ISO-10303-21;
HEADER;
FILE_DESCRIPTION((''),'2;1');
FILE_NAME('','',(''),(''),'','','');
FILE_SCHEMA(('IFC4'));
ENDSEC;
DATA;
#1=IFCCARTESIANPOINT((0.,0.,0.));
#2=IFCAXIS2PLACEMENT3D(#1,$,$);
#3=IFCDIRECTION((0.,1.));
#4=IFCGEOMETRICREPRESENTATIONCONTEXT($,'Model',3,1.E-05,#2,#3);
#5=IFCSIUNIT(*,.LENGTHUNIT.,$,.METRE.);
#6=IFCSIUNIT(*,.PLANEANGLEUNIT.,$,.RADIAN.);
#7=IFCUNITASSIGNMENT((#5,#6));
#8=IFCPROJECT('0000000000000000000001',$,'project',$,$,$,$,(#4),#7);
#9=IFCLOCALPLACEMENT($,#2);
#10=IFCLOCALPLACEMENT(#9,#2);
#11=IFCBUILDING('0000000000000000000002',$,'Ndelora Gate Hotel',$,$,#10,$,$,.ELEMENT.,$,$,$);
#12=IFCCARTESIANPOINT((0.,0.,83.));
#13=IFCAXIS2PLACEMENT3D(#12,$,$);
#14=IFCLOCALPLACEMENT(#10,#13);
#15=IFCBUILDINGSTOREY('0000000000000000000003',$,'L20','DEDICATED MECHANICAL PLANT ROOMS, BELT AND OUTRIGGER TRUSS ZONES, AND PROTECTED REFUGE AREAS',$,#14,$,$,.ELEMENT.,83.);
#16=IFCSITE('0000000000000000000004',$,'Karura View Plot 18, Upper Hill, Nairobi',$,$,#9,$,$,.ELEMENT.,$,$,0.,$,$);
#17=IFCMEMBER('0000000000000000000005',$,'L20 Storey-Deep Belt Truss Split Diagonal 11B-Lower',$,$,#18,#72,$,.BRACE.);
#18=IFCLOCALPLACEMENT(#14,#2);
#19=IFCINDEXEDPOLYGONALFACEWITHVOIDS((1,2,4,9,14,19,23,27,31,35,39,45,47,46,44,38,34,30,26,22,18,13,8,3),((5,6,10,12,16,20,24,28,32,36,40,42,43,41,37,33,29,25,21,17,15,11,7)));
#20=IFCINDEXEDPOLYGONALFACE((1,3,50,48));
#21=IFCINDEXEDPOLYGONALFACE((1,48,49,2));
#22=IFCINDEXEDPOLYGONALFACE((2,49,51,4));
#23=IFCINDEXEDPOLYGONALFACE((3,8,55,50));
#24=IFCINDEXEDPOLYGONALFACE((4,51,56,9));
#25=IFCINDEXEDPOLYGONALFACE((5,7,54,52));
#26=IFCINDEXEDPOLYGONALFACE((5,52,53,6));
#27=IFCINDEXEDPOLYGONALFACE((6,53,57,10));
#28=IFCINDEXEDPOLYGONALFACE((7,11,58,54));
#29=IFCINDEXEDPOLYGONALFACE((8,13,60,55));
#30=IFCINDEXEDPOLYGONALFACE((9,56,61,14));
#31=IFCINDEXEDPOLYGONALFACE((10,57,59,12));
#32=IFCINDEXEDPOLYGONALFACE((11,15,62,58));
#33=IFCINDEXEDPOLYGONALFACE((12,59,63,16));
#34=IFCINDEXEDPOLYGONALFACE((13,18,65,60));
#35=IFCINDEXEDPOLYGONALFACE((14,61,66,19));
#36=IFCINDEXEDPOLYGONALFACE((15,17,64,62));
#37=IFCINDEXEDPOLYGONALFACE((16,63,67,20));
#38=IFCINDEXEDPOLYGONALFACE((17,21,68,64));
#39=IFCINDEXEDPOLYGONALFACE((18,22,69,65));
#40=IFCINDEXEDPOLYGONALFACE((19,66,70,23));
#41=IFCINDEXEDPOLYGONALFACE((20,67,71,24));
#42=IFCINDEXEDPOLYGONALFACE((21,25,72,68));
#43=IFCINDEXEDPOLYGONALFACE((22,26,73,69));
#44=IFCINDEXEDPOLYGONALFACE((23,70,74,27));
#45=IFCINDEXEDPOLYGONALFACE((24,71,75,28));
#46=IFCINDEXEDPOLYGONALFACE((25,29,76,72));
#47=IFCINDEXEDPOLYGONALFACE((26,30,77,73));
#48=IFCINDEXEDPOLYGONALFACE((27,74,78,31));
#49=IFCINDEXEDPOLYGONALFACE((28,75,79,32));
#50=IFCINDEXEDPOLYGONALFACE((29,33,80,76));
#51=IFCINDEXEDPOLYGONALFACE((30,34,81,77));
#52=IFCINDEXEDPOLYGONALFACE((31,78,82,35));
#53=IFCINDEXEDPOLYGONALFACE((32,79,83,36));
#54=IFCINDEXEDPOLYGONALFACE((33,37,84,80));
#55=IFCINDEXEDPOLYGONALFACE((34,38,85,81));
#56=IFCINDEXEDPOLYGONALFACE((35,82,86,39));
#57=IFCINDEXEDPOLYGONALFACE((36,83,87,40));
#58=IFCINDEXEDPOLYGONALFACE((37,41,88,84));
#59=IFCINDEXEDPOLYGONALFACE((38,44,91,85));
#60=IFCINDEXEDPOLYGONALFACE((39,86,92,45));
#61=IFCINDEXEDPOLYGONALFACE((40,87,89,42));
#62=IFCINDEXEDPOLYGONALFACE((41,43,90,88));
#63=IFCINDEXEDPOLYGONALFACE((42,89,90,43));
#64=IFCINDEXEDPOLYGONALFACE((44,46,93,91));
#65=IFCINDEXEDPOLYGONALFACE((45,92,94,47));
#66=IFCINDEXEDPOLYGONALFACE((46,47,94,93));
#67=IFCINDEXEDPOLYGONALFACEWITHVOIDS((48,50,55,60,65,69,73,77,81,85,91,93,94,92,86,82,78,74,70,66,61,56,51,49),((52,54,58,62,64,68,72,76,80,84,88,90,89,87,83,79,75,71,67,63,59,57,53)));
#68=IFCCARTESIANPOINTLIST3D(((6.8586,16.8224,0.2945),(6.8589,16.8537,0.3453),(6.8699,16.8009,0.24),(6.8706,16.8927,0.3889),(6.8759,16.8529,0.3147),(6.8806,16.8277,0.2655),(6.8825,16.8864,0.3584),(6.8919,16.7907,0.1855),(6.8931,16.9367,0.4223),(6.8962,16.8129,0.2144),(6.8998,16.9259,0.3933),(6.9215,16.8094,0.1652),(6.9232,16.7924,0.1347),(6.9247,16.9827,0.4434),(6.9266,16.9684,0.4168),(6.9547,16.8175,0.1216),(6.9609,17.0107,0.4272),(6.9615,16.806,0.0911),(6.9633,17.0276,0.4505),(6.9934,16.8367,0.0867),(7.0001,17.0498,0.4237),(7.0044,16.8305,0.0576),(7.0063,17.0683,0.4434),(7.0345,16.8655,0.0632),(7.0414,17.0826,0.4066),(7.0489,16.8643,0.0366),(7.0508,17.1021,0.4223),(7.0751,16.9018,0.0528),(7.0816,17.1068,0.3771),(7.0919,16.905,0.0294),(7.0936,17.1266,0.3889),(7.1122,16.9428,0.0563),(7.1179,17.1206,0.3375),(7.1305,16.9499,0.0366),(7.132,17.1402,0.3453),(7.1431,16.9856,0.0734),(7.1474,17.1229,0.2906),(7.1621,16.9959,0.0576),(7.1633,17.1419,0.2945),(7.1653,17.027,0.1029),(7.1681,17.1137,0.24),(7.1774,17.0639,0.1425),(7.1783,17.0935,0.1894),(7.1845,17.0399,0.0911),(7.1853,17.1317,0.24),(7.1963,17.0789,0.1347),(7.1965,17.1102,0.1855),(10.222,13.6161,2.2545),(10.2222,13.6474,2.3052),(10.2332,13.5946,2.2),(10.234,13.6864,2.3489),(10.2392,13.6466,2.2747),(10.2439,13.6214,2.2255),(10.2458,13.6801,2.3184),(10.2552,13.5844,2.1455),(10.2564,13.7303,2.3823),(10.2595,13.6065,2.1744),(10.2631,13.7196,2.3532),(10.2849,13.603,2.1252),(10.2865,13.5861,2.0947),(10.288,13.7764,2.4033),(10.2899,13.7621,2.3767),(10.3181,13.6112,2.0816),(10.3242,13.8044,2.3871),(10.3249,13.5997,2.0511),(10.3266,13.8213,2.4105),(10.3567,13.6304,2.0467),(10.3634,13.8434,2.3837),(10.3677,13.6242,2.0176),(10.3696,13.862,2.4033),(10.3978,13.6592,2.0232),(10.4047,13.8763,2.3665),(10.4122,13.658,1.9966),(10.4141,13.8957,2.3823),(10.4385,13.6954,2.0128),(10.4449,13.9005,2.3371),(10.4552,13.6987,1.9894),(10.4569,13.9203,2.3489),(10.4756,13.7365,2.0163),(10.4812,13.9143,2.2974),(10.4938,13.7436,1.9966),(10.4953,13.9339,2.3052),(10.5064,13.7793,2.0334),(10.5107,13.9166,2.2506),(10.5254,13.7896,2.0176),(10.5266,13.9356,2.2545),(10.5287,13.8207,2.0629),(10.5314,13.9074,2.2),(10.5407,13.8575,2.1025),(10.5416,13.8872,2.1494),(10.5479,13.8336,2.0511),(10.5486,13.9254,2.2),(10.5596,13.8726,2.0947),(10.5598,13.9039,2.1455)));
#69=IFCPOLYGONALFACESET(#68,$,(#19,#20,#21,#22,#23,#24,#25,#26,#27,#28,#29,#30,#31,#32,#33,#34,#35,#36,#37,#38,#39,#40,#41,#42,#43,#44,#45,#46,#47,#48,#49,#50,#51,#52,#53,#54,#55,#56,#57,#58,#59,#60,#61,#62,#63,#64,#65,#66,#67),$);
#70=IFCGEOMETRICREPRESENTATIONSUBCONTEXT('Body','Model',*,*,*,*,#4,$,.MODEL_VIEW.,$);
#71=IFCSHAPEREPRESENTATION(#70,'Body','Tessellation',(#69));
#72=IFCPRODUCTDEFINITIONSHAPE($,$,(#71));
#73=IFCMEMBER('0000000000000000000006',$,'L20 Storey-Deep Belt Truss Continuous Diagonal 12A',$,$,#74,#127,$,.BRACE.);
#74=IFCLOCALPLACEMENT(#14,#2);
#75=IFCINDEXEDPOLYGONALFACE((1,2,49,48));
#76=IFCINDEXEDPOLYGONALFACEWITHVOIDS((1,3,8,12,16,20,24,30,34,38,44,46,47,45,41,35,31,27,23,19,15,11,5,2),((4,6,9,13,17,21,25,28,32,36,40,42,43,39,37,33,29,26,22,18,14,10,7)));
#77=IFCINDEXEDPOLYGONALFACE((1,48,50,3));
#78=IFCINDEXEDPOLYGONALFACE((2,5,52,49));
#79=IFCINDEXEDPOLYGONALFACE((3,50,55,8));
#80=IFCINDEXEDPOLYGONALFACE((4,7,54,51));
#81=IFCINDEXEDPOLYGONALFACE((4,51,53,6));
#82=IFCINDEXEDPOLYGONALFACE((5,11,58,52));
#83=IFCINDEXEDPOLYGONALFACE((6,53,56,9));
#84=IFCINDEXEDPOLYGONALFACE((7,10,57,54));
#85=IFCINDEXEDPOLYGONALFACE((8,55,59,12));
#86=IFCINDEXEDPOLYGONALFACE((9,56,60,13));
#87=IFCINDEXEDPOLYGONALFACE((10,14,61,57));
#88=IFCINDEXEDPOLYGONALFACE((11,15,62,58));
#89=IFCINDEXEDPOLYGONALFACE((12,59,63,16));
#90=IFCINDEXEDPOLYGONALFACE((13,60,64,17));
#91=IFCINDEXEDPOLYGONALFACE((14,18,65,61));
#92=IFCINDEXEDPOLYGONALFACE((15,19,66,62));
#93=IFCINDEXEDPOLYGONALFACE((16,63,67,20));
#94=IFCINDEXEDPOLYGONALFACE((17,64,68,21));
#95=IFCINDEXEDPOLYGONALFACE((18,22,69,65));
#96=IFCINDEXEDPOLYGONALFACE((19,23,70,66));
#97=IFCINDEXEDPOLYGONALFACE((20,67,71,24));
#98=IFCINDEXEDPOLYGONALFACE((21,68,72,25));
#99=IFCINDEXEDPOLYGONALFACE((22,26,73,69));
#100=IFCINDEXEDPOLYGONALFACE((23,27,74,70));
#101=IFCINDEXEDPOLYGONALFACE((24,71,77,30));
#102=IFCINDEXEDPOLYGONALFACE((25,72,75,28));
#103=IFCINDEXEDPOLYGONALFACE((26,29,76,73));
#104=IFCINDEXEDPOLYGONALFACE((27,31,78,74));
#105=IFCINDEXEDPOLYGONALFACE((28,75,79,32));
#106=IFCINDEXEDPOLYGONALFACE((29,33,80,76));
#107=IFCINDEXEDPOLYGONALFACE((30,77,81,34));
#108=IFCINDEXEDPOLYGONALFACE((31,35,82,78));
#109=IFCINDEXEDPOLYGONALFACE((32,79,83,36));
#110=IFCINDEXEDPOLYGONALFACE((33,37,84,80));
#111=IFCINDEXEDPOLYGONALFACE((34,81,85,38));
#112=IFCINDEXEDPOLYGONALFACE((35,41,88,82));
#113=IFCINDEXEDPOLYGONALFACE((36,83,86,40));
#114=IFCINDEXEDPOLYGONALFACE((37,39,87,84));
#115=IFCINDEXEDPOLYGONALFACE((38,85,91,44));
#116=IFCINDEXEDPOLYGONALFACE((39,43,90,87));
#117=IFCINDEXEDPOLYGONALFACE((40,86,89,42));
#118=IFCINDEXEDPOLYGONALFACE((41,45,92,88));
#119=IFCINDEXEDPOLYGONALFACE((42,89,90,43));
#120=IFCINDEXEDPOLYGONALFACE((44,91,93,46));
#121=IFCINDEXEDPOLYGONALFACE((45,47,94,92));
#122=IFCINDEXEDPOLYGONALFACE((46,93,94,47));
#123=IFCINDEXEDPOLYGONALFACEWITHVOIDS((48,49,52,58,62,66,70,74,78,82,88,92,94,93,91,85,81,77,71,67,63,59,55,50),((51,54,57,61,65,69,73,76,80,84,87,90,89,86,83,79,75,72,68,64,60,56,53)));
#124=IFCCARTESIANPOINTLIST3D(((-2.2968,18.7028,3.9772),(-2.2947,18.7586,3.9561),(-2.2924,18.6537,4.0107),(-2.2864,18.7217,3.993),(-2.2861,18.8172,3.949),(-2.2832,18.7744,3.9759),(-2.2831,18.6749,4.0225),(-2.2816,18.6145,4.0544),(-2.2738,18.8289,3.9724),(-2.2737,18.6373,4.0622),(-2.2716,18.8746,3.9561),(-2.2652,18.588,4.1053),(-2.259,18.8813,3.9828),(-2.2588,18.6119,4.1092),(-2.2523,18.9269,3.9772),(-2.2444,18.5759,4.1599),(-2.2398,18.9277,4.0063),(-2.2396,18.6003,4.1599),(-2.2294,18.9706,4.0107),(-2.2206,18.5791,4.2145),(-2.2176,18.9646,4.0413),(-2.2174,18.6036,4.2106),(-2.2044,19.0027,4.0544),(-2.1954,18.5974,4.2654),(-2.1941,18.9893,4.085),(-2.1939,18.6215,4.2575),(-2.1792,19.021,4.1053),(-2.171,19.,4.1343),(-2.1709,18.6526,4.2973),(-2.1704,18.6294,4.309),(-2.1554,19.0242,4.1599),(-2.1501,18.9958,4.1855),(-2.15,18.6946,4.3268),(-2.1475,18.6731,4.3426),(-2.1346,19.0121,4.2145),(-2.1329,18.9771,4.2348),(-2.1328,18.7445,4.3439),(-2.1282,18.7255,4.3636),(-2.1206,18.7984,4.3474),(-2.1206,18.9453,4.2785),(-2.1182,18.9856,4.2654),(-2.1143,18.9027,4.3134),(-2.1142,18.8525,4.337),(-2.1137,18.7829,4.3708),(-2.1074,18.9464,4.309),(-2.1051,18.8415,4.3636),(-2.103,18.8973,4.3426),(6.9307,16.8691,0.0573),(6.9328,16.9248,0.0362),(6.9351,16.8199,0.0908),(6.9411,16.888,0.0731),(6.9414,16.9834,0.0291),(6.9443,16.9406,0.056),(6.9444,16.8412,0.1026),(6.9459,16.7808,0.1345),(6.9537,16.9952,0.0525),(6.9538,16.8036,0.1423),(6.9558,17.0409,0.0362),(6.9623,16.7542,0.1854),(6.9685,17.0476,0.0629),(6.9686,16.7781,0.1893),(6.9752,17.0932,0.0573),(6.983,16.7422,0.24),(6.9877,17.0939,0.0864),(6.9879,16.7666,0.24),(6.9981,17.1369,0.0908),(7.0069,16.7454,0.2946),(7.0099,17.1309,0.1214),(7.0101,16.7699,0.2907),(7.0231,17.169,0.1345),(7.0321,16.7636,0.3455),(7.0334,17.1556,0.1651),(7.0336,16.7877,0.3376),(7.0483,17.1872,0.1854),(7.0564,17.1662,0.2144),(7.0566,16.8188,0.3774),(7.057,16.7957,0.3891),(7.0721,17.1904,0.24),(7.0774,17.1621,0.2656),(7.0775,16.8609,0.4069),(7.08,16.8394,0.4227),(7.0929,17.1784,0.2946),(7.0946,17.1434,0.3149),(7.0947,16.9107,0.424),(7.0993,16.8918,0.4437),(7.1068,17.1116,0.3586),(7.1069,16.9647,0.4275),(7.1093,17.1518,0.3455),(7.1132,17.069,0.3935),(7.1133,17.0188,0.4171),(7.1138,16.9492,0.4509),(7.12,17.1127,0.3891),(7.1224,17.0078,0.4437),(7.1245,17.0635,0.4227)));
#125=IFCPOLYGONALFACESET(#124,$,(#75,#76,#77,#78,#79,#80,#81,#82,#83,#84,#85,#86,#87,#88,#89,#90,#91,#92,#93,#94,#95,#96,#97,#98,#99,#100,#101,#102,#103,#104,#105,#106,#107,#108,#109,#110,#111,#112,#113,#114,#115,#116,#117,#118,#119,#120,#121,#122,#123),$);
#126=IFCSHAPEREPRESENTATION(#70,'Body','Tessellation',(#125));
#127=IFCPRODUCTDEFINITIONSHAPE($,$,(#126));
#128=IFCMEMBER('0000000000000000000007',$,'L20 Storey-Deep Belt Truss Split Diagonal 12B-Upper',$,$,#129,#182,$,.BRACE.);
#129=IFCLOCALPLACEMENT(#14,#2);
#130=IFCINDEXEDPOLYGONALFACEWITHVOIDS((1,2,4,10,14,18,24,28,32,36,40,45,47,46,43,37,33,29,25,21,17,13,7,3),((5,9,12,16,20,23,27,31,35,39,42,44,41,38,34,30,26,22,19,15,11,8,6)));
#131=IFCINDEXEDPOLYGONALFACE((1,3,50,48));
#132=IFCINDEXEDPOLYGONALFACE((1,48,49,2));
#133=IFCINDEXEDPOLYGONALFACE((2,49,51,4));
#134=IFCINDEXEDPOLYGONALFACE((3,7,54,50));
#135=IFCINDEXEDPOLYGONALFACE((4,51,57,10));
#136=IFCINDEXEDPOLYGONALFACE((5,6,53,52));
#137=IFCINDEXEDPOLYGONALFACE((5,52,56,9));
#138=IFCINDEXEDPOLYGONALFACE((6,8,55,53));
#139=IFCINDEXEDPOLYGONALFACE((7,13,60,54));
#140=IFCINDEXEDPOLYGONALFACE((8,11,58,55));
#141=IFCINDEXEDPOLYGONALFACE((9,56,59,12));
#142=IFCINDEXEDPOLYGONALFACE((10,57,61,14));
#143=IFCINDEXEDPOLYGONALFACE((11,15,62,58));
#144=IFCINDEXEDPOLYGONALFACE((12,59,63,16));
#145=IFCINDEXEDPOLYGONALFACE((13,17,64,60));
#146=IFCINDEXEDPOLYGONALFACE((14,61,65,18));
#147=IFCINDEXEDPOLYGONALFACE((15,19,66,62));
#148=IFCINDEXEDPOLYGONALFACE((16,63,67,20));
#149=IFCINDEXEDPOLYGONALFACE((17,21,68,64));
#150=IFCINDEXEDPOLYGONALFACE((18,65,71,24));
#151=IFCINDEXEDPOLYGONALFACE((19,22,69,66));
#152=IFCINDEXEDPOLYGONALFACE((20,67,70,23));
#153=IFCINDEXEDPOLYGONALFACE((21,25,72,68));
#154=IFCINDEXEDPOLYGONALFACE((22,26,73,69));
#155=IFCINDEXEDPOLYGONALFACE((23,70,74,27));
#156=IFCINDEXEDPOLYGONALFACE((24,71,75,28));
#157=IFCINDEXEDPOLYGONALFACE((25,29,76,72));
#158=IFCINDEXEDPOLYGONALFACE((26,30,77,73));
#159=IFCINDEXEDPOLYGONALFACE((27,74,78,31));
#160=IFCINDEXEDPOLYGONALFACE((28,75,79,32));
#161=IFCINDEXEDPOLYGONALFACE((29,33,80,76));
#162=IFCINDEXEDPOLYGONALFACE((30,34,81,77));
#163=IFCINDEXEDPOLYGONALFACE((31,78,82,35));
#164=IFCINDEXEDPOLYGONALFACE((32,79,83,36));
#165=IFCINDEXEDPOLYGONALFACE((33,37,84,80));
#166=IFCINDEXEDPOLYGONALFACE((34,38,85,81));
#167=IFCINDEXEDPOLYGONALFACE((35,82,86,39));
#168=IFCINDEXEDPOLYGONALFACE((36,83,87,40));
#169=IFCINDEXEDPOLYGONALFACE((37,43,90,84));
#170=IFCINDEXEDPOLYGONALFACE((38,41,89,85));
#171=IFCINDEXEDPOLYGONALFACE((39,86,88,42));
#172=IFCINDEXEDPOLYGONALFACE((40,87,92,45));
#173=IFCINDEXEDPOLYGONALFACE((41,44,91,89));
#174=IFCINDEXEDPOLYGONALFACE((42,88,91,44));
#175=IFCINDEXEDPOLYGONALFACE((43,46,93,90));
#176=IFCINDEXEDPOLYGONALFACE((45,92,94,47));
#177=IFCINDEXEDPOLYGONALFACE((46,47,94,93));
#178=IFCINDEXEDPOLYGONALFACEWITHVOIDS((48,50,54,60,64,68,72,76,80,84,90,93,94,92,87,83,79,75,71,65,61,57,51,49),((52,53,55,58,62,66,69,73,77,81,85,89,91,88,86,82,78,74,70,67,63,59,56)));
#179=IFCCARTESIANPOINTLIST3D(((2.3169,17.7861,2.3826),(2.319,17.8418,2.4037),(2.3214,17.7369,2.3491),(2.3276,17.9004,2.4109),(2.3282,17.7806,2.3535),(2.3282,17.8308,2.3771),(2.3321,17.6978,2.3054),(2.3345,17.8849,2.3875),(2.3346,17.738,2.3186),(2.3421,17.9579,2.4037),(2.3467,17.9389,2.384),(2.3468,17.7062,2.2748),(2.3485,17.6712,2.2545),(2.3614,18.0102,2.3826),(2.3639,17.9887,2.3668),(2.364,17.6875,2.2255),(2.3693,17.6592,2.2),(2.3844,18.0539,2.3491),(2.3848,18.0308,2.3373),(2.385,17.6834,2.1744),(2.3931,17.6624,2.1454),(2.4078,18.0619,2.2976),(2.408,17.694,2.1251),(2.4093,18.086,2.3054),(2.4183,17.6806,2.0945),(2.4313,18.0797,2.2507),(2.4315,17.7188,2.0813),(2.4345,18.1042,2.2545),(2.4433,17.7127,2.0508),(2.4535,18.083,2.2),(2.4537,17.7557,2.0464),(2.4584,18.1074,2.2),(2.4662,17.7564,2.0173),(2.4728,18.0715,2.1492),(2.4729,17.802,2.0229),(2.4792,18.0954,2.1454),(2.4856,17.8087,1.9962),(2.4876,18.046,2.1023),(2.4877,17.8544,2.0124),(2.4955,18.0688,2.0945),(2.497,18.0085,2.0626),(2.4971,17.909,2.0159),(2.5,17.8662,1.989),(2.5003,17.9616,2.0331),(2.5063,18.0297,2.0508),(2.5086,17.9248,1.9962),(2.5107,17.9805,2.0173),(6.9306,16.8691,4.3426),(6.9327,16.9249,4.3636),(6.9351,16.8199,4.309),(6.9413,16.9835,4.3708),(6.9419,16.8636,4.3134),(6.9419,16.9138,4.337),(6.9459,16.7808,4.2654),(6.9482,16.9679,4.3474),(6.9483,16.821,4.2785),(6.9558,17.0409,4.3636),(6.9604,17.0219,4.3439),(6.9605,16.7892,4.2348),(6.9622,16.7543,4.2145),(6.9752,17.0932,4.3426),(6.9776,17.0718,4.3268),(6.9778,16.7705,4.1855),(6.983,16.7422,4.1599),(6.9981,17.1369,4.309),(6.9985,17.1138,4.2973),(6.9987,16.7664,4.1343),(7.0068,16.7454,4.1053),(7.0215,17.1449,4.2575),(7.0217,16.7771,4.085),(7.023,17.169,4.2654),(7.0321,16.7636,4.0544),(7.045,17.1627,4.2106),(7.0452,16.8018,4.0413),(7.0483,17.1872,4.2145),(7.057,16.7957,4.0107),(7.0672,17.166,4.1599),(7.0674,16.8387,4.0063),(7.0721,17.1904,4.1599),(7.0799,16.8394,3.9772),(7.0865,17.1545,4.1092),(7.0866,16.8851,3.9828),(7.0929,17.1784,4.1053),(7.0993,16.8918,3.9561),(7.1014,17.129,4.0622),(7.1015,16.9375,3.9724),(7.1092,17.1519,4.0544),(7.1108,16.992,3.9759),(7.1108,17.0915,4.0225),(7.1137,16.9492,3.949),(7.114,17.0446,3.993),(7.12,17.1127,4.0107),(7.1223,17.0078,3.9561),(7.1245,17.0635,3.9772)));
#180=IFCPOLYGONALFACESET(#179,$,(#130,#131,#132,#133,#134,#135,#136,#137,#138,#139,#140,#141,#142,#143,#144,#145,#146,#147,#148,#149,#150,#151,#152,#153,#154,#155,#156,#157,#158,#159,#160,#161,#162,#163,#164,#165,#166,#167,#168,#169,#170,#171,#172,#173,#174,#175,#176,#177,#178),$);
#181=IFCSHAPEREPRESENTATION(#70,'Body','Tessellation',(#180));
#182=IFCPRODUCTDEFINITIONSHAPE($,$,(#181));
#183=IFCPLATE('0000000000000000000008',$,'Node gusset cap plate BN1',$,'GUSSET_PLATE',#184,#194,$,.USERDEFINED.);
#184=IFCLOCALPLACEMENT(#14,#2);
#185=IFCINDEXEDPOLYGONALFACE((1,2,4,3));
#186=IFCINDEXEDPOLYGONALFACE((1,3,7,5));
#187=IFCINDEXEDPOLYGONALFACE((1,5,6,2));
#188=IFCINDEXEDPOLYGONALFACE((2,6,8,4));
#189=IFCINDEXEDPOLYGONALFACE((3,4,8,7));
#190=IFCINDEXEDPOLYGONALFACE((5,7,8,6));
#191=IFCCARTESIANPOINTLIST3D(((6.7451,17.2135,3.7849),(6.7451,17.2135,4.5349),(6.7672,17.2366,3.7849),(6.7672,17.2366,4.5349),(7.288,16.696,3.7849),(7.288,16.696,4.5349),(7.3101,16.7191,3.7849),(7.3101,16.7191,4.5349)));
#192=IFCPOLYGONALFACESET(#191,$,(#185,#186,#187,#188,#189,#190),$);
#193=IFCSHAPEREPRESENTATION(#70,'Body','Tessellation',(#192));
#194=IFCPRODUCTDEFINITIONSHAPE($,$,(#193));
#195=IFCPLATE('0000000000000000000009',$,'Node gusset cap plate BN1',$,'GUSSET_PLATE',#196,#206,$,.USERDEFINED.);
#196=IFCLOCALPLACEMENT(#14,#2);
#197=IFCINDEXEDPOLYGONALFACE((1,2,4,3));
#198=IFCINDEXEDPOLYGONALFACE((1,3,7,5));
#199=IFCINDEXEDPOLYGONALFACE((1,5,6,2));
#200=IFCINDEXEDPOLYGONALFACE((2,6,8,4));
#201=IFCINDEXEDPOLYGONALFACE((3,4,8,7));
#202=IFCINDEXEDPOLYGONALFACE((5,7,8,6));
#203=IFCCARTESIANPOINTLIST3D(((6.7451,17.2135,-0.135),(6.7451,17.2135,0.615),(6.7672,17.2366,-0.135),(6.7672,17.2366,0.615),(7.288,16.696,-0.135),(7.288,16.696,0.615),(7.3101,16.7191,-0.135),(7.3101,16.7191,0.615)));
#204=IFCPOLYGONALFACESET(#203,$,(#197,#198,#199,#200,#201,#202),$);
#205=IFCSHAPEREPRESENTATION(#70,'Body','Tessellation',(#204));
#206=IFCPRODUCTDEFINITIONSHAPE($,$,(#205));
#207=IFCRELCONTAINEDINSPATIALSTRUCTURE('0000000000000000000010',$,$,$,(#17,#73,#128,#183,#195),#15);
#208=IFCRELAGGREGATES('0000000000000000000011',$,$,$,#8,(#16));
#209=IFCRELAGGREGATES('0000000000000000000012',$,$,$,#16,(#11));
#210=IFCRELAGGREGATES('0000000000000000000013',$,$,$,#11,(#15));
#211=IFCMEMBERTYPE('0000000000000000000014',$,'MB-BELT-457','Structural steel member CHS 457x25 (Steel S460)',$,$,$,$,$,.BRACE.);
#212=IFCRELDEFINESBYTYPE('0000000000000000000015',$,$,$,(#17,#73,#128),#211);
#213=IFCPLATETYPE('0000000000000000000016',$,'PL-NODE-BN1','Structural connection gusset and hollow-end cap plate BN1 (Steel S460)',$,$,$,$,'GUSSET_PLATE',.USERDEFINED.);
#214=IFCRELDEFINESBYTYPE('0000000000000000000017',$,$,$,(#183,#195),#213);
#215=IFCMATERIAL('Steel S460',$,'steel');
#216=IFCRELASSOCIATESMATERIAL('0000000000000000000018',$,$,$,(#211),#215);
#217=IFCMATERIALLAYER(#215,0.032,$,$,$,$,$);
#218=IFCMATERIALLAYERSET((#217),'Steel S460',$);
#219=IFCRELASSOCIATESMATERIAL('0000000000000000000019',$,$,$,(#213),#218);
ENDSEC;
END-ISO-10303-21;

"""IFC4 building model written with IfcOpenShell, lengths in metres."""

from ifc_helpers import new_model, si_unit, direction, frame, origin, origin_2d, place, context, subcontext, project, spatial, rectangle, hollow_circle, extrude, material, layer, layer_set, material_profile, profile_set, type_object, element, save


model = new_model("IFC4")

# Units and contexts
model_context = context("Model", 3, precision=1e-05, world=origin(), true_north=direction((0.0, 1.0)))
body_context = subcontext(model_context, "Body", "Model", "MODEL_VIEW")
ifc_project = project(units=[si_unit("LENGTHUNIT", "METRE"), si_unit("PLANEANGLEUNIT", "RADIAN")], contexts=[model_context])

# Site, building, storey
site_placement = place(None, origin())
site = spatial("IfcSite", under=ifc_project, at=site_placement, Name="Karura View Plot 18, Upper Hill, Nairobi", CompositionType="ELEMENT", RefElevation=0.0)
building_placement = place(site_placement, origin())
building = spatial("IfcBuilding", under=site, at=building_placement, Name="Ndelora Gate Hotel", CompositionType="ELEMENT")
storey_placement = place(building_placement, frame((0.0, 0.0, 83.0)))
storey = spatial("IfcBuildingStorey", under=building, at=storey_placement, Name="L20", Description="DEDICATED MECHANICAL PLANT ROOMS, BELT AND OUTRIGGER TRUSS ZONES, AND PROTECTED REFUGE AREAS", CompositionType="ELEMENT", Elevation=83.0)

# Shared definitions
ifc_material_1 = material(Name="Steel S460", Category="steel")

# Members
ifc_material_profile_1 = material_profile(ifc_material_1, hollow_circle(Radius=0.2285, WallThickness=0.0249, at=origin_2d()), Name="CHS 457x25")
ifc_profile_set_1 = profile_set([ifc_material_profile_1], Name="Steel S460")
member_type = type_object("IfcMemberType", Name="MB-BELT-457", Description="Structural steel member CHS 457x25 (Steel S460)", PredefinedType="BRACE", material=ifc_profile_set_1)
member_1_placement = place(storey_placement, frame((7.0276, 16.9663, 0.24), z_axis=(0.6669, -0.635772, 0.388637), x_axis=(0.690013, 0.723797, 0.0)))
element("IfcMember", 1, at=member_1_placement, inside=storey, type_object=member_type, Name="L20 Storey-Deep Belt Truss Split Diagonal 11B-Lower", PredefinedType="BRACE", context=body_context, shape_type="SweptSolid", body=[
    extrude(hollow_circle(Radius=0.2285, WallThickness=0.0249, at=origin_2d()), origin(), (0.0, 0.0, 1.0), 5.0432),
])
member_2_placement = place(storey_placement, frame((7.0276, 16.9663, 0.24), z_axis=(-0.905375, 0.17992, 0.38461), x_axis=(-0.194913, -0.98082, 0.0)))
element("IfcMember", 2, at=member_2_placement, inside=storey, type_object=member_type, Name="L20 Storey-Deep Belt Truss Continuous Diagonal 12A", PredefinedType="BRACE", context=body_context, shape_type="SweptSolid", body=[
    extrude(hollow_circle(Radius=0.2285, WallThickness=0.0249, at=origin_2d()), origin(), (0.0, 0.0, 1.0), 10.1919),
])
member_3_placement = place(storey_placement, frame((2.4138, 17.8833, 2.2), z_axis=(0.905371, -0.179944, 0.384608), x_axis=(0.194938, 0.980816, 0.0)))
element("IfcMember", 3, at=member_3_placement, inside=storey, type_object=member_type, Name="L20 Storey-Deep Belt Truss Split Diagonal 12B-Upper", PredefinedType="BRACE", context=body_context, shape_type="SweptSolid", body=[
    extrude(hollow_circle(Radius=0.2285, WallThickness=0.0249, at=origin_2d()), origin(), (0.0, 0.0, 1.0), 5.0959),
])

# Plates
ifc_layer_1 = layer(ifc_material_1, 0.032)
ifc_layer_set_1 = layer_set([ifc_layer_1], Name="Steel S460")
plate_type_1 = type_object("IfcPlateType", Name="PL-NODE-BN1", Description="Structural connection gusset and hollow-end cap plate BN1 (Steel S460)", ElementType="GUSSET_PLATE", PredefinedType="USERDEFINED", material=ifc_layer_set_1)
for number, where, z_axis, x_axis, name in (
    (4, (7.0276, 16.9663, 3.7849), (0.0, 0.0, 1.0), (-0.723811, 0.689999, 0.0), "Node gusset cap plate BN1"),
    (5, (7.0276, 16.9663, -0.135), (0.0, 0.0, 1.0), (-0.723811, 0.689999, 0.0), "Node gusset cap plate BN1"),
):
    element("IfcPlate", number, at=place(storey_placement, frame(where, z_axis=z_axis, x_axis=x_axis)), inside=storey, type_object=plate_type_1, Name=name, ObjectType="GUSSET_PLATE", PredefinedType="USERDEFINED", context=body_context, shape_type="SweptSolid", body=[
        extrude(rectangle(XDim=0.75, YDim=0.032, at=origin_2d()), origin(), (0.0, 0.0, 1.0), 0.75),
    ])

save(model, "model.ifc")
